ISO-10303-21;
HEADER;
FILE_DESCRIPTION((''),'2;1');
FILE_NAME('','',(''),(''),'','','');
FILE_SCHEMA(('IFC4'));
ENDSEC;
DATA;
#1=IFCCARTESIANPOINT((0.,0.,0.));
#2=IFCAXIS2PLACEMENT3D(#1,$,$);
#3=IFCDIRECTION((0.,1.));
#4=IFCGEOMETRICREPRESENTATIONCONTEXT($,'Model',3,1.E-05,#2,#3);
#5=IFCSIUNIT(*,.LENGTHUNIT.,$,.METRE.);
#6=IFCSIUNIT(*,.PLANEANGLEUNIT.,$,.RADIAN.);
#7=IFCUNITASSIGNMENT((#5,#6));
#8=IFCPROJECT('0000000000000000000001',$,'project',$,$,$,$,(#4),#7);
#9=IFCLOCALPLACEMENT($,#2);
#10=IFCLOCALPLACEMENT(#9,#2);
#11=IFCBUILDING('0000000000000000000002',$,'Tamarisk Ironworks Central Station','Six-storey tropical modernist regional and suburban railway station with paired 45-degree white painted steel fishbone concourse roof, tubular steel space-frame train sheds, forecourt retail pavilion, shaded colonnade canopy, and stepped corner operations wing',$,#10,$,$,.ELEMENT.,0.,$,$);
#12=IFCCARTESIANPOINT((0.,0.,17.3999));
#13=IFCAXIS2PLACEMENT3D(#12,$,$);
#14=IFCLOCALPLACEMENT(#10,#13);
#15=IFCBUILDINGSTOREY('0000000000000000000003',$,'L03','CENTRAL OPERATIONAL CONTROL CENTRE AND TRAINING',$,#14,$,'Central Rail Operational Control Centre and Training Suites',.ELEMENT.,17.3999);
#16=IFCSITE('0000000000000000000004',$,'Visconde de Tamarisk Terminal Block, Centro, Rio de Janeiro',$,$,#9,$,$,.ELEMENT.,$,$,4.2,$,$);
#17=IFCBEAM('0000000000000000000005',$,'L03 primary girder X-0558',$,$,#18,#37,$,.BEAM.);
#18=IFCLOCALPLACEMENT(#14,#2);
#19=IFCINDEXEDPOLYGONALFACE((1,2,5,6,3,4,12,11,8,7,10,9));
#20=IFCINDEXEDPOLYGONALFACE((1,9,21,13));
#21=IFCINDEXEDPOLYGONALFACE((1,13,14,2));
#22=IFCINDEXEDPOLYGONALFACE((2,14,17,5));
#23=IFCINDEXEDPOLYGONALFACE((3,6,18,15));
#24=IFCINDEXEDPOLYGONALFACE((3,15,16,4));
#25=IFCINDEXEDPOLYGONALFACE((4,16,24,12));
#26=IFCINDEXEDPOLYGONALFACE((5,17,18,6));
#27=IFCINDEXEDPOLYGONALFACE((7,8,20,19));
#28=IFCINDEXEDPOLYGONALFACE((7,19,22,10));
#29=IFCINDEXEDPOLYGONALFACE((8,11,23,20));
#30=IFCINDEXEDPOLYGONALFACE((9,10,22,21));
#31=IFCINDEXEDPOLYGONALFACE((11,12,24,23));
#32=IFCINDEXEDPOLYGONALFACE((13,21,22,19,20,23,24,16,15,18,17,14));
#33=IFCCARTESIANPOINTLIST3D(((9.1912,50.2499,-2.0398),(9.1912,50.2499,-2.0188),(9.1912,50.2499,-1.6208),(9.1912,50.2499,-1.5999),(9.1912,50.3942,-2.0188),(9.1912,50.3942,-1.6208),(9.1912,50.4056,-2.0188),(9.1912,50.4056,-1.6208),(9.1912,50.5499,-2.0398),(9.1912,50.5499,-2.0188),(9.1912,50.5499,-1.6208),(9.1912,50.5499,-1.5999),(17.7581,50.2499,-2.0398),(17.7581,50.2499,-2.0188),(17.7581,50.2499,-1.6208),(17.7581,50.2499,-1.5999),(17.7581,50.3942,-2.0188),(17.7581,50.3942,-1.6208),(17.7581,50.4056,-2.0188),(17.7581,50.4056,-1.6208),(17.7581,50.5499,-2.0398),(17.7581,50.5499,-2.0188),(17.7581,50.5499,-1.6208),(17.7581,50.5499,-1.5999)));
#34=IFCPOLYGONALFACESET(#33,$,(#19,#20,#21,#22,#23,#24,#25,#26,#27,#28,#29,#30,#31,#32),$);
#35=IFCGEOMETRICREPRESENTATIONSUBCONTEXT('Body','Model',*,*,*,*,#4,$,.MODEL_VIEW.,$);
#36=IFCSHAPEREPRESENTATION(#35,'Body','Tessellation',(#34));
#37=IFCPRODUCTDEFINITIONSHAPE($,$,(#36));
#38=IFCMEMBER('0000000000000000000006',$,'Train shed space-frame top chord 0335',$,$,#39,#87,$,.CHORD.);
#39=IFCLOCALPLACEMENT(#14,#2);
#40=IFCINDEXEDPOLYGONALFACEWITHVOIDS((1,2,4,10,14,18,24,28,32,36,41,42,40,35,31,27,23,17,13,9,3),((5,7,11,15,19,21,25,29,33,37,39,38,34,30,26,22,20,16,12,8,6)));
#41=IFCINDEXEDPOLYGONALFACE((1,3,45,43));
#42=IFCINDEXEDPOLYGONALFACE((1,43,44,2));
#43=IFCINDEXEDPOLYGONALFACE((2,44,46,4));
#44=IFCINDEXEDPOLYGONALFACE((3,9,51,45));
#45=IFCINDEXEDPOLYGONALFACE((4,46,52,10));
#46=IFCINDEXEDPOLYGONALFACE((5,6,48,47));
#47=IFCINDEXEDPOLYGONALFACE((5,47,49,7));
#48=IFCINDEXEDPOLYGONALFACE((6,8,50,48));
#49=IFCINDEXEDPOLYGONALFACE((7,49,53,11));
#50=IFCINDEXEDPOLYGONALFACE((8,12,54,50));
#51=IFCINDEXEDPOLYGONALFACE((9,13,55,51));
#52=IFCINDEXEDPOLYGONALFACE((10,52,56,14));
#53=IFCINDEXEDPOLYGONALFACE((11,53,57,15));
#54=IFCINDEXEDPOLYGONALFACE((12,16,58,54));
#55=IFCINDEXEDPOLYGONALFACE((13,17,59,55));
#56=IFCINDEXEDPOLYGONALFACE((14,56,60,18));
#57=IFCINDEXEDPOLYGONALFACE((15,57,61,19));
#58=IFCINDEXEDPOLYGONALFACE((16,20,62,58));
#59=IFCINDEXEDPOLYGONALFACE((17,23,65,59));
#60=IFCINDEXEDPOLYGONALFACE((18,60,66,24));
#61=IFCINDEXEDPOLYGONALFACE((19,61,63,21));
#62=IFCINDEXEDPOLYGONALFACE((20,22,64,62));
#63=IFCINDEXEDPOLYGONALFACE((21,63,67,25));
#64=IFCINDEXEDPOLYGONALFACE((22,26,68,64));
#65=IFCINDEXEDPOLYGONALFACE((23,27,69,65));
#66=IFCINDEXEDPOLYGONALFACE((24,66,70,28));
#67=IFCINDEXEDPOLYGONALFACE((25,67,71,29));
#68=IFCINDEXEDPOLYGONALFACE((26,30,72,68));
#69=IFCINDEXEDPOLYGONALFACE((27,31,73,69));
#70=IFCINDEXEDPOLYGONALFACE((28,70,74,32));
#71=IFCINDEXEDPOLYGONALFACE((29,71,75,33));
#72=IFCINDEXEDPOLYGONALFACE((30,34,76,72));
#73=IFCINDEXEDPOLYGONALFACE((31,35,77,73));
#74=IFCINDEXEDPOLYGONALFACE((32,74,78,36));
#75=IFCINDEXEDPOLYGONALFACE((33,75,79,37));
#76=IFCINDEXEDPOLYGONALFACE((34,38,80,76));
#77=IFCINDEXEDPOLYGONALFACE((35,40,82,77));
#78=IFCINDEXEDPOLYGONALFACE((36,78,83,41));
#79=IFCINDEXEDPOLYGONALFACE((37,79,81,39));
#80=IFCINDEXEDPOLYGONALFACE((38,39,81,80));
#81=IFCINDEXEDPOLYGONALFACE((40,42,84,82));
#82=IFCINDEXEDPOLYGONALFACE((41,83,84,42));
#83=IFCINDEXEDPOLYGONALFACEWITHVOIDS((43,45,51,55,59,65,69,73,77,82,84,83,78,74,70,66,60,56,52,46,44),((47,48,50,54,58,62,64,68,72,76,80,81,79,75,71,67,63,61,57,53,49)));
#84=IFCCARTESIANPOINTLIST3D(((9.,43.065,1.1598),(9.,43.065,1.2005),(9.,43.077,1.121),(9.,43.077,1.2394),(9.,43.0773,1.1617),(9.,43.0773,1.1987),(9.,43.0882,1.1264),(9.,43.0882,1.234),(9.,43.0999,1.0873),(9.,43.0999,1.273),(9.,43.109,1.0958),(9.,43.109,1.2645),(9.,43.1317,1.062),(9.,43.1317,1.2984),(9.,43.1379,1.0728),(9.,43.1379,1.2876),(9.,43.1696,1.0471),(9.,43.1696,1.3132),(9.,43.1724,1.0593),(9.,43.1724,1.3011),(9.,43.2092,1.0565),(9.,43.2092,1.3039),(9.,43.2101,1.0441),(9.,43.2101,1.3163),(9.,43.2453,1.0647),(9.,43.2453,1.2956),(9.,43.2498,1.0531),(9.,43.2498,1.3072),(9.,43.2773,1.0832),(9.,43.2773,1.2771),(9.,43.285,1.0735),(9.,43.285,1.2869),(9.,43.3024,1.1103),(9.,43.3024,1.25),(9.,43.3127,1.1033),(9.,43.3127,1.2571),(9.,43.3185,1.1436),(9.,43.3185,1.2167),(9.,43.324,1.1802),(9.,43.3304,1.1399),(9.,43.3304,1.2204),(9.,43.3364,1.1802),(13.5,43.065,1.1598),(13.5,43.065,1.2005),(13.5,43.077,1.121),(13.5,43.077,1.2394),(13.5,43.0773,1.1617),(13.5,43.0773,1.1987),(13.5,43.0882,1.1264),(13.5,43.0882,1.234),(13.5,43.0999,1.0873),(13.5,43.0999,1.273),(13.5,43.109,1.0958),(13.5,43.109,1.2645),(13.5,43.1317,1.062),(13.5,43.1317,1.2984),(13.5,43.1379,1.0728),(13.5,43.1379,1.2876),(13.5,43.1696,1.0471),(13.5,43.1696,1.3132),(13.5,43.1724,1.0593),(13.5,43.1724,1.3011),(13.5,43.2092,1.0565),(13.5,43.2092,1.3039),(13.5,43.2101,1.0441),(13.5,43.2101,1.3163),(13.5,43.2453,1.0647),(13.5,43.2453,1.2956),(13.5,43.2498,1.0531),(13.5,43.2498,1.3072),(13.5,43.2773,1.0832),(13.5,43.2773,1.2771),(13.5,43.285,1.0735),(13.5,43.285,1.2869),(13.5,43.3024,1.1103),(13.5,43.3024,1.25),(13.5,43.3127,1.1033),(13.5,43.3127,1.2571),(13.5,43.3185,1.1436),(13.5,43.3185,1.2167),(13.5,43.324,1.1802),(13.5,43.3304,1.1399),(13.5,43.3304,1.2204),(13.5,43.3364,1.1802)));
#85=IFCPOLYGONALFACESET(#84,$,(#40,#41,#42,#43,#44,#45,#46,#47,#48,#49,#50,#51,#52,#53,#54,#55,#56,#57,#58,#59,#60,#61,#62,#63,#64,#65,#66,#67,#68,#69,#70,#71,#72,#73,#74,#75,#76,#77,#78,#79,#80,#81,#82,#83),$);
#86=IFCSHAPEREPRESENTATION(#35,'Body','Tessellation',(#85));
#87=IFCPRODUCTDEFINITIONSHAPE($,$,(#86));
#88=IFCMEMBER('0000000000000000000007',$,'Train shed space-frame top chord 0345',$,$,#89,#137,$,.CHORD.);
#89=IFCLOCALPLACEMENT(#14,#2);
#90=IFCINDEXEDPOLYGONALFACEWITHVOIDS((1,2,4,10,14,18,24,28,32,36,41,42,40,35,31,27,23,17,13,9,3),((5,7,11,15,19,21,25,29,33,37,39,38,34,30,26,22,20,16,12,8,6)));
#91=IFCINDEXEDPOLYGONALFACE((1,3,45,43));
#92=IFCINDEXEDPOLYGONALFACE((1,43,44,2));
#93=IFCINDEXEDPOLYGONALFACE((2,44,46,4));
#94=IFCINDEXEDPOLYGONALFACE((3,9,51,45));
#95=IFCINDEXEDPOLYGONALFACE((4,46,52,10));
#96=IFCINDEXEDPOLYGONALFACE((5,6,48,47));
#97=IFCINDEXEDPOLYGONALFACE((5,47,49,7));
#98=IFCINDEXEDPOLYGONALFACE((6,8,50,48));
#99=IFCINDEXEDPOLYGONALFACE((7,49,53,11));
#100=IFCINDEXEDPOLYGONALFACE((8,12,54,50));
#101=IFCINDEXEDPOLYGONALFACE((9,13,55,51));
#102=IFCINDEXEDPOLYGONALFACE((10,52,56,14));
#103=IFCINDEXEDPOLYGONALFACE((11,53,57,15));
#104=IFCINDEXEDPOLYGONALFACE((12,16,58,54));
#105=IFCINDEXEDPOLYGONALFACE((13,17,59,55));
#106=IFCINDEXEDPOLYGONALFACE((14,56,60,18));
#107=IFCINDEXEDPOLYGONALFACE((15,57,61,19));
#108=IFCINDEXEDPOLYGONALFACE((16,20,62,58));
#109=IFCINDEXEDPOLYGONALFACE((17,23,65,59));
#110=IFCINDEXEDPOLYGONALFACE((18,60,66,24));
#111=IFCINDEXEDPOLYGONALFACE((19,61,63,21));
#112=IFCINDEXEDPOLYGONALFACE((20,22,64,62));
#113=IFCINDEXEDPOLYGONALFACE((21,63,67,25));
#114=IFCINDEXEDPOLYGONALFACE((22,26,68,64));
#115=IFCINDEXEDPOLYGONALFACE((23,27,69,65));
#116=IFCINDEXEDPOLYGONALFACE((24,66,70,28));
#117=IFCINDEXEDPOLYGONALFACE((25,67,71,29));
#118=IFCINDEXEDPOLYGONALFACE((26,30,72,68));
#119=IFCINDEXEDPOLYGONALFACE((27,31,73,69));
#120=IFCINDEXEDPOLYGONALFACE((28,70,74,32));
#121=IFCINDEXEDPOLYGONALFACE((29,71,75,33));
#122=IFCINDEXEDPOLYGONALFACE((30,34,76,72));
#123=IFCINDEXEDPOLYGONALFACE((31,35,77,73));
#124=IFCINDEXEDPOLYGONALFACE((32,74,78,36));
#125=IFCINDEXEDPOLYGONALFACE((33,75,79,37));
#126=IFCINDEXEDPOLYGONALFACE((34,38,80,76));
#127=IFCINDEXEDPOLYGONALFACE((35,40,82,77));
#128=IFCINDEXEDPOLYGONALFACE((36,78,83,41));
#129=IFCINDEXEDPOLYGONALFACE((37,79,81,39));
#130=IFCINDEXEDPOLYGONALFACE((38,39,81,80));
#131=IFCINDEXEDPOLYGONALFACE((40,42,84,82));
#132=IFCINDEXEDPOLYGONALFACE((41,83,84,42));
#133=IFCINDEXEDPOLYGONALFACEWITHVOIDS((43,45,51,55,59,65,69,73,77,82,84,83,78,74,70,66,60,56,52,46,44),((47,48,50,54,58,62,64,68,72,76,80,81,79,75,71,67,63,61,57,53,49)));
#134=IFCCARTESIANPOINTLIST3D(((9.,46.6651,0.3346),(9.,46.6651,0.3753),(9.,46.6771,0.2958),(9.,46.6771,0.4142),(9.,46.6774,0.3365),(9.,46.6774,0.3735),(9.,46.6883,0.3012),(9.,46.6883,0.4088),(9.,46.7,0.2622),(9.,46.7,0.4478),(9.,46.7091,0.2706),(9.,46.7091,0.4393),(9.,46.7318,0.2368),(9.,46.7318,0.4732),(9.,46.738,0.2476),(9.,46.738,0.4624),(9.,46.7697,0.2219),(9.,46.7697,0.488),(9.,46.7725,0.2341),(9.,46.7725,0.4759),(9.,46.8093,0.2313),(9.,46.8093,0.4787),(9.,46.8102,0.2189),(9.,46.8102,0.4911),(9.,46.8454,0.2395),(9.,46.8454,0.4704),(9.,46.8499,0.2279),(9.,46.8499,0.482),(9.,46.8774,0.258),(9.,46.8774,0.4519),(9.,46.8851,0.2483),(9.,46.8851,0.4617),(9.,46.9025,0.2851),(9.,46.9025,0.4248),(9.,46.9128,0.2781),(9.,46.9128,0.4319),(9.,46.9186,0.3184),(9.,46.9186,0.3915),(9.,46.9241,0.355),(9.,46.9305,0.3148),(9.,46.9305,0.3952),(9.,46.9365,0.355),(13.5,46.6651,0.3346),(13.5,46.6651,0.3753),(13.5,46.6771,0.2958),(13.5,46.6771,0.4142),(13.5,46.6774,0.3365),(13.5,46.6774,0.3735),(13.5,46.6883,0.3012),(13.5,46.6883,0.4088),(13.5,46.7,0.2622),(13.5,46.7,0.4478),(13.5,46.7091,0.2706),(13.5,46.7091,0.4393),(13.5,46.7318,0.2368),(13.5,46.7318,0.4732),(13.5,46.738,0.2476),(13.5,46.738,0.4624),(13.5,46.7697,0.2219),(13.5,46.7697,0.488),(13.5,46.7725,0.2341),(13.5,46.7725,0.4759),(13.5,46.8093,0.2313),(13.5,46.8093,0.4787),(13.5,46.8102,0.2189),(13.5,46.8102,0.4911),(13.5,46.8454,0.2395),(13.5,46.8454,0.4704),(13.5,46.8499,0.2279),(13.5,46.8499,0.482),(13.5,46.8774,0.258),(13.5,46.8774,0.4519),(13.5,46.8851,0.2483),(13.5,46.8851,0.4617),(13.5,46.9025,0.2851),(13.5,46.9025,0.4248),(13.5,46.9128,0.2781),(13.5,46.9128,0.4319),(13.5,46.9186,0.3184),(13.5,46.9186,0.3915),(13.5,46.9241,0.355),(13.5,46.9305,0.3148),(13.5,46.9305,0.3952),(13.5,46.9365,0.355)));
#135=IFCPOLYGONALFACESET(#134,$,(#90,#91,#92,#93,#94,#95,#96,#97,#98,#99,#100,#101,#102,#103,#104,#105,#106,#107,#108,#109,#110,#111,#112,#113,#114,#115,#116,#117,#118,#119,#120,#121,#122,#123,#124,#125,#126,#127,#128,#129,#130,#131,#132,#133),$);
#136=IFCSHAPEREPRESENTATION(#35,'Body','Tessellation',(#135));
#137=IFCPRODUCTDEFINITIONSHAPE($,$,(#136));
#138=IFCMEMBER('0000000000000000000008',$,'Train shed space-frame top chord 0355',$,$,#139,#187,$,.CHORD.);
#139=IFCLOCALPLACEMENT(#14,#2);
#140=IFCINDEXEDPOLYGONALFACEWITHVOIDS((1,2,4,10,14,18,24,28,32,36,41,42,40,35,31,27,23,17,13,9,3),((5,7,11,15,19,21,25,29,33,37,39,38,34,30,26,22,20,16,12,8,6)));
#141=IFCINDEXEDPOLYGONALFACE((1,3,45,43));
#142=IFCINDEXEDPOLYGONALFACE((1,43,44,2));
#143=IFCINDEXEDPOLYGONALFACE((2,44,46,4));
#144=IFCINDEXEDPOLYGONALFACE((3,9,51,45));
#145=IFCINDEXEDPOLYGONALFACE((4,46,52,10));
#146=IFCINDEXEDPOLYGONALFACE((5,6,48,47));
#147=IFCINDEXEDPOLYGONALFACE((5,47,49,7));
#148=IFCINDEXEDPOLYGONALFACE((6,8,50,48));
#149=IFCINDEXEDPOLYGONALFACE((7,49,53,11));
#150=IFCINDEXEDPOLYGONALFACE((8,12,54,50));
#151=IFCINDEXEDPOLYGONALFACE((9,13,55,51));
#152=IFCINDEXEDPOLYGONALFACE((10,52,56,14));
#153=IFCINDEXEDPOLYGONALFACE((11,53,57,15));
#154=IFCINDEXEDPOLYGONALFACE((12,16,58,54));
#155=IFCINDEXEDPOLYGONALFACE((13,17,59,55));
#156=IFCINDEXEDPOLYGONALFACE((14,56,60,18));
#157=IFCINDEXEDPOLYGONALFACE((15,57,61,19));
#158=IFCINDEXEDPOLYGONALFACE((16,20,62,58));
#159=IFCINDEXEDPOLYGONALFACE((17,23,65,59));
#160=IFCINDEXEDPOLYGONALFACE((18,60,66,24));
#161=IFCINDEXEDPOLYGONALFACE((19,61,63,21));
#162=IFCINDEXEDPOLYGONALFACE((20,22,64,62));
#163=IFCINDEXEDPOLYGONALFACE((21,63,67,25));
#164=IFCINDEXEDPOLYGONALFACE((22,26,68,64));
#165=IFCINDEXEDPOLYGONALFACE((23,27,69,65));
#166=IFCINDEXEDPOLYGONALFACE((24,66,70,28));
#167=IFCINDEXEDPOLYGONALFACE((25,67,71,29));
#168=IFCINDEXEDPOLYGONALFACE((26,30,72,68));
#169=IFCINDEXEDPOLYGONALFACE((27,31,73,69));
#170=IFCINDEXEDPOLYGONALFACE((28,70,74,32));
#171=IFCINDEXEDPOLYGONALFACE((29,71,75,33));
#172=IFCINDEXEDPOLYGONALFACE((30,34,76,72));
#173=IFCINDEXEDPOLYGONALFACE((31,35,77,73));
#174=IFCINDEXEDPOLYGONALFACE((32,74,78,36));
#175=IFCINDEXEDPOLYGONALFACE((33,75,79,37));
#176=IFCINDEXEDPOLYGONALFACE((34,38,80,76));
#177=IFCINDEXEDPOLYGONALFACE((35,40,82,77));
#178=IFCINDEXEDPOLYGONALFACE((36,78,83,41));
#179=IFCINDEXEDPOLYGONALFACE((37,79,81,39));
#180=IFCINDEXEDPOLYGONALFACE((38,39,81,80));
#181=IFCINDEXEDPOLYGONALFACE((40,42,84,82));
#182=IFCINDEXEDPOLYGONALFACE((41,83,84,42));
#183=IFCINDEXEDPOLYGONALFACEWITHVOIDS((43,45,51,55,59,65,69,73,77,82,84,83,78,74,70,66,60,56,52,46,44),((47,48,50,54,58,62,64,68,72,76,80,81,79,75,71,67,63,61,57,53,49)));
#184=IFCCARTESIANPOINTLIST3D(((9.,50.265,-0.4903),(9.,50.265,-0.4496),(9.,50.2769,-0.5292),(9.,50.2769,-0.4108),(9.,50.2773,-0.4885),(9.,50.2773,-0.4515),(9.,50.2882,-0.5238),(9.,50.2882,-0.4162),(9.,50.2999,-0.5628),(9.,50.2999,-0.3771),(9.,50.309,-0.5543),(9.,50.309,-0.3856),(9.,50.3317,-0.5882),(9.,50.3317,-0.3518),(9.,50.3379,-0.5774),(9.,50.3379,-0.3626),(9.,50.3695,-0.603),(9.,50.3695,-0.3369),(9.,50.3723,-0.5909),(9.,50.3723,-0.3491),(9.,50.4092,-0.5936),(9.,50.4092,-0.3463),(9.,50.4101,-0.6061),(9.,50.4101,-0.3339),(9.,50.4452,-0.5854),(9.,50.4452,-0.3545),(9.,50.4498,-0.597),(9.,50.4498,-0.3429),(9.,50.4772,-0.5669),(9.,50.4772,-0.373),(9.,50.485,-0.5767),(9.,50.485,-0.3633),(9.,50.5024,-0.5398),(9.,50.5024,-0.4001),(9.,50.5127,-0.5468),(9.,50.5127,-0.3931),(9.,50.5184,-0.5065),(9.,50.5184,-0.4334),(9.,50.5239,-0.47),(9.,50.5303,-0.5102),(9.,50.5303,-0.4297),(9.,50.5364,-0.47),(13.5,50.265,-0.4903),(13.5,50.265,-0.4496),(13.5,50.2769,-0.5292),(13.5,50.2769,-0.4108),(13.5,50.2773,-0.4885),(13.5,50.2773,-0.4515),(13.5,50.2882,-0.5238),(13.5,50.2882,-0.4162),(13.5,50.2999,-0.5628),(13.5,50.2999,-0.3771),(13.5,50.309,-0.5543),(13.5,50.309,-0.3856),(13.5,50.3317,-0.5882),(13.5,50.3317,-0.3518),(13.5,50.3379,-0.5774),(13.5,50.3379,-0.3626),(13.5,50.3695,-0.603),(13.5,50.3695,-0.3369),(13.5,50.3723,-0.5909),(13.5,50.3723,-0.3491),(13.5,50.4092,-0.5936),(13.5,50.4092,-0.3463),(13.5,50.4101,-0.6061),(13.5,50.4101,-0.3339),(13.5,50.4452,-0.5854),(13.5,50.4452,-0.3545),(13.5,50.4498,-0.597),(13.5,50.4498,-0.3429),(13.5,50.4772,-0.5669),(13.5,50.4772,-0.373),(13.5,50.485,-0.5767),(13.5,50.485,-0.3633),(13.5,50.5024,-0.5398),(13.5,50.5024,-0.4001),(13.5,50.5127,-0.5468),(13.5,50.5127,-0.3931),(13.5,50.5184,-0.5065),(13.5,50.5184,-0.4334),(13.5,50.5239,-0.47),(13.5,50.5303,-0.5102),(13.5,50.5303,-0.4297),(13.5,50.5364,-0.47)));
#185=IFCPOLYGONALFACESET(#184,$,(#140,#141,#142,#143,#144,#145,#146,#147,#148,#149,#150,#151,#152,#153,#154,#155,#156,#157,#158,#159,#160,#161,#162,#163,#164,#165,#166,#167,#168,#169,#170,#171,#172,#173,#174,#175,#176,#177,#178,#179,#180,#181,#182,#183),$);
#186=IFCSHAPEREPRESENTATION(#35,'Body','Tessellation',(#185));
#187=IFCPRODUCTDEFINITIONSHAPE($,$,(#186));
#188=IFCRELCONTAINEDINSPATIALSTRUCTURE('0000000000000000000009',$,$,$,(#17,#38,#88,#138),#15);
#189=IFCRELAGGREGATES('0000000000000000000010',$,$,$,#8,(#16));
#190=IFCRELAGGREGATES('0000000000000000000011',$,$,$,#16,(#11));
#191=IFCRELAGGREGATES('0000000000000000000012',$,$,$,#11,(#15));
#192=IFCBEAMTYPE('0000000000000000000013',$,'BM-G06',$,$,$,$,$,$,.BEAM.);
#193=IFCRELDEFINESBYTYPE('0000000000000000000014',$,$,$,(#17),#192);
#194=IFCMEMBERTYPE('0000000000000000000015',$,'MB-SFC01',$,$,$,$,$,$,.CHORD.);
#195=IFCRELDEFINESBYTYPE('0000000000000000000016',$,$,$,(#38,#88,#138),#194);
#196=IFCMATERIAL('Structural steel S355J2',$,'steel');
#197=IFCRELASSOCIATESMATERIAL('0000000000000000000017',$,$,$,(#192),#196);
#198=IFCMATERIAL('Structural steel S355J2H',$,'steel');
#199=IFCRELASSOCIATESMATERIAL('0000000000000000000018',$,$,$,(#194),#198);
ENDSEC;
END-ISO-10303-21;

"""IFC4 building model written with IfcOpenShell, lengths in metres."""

from ifc_helpers import new_model, si_unit, direction, frame, origin, origin_2d, place, context, subcontext, project, spatial, hollow_circle, i_section, extrude, material, material_profile, profile_set, type_object, element, save


model = new_model("IFC4")

# Units and contexts
model_context = context("Model", 3, precision=1e-05, world=origin(), true_north=direction((0.0, 1.0)))
body_context = subcontext(model_context, "Body", "Model", "MODEL_VIEW")
ifc_project = project(units=[si_unit("LENGTHUNIT", "METRE"), si_unit("PLANEANGLEUNIT", "RADIAN")], contexts=[model_context])

# Site, building, storey
site_placement = place(None, origin())
site = spatial("IfcSite", under=ifc_project, at=site_placement, Name="Visconde de Tamarisk Terminal Block, Centro, Rio de Janeiro", CompositionType="ELEMENT", RefElevation=4.2)
building_placement = place(site_placement, origin())
building = spatial("IfcBuilding", under=site, at=building_placement, Name="Tamarisk Ironworks Central Station", Description="Six-storey tropical modernist regional and suburban railway station with paired 45-degree white painted steel fishbone concourse roof, tubular steel space-frame train sheds, forecourt retail pavilion, shaded colonnade canopy, and stepped corner operations wing", CompositionType="ELEMENT", ElevationOfRefHeight=0.0)
storey_placement = place(building_placement, frame((0.0, 0.0, 17.3999)))
storey = spatial("IfcBuildingStorey", under=building, at=storey_placement, Name="L03", Description="CENTRAL OPERATIONAL CONTROL CENTRE AND TRAINING", LongName="Central Rail Operational Control Centre and Training Suites", CompositionType="ELEMENT", Elevation=17.3999)

# Beam
ifc_material_1 = material(Name="Structural steel S355J2", Category="steel")
ifc_material_profile_1 = material_profile(ifc_material_1, i_section(OverallWidth=0.3, OverallDepth=0.4399, WebThickness=0.0115, FlangeThickness=0.021, at=origin_2d()), Name="HEA 450")
ifc_profile_set_1 = profile_set([ifc_material_profile_1], Name="Structural steel S355J2")
beam_type = type_object("IfcBeamType", Name="BM-G06", PredefinedType="BEAM", material=ifc_profile_set_1)
beam_placement = place(storey_placement, frame((9.1912, 50.3999, -1.8198), z_axis=(1.0, 0.0, 0.0), x_axis=(0.0, 1.0, 0.0)))
element("IfcBeam", 1, at=beam_placement, inside=storey, type_object=beam_type, Name="L03 primary girder X-0558", PredefinedType="BEAM", context=body_context, shape_type="SweptSolid", body=[
    extrude(i_section(OverallWidth=0.3, OverallDepth=0.4399, WebThickness=0.0115, FlangeThickness=0.021, at=origin_2d()), origin(), (0.0, 0.0, 1.0), 8.5669),
])

# Members
ifc_material_2 = material(Name="Structural steel S355J2H", Category="steel")
ifc_material_profile_2 = material_profile(ifc_material_2, hollow_circle(Radius=0.1365, WallThickness=0.0125, at=origin_2d()), Name="CHS 273x12.5")
ifc_profile_set_2 = profile_set([ifc_material_profile_2], Name="Structural steel S355J2H")
member_type_1 = type_object("IfcMemberType", Name="MB-SFC01", PredefinedType="CHORD", material=ifc_profile_set_2)
for number, where, z_axis, x_axis, name in (
    (2, (9.0, 43.2, 1.1802), (1.0, 0.0, 0.0), (0.0, 1.0, 0.0), "Train shed space-frame top chord 0335"),
    (3, (9.0, 46.8, 0.355), (1.0, 0.0, 0.0), (0.0, 1.0, 0.0), "Train shed space-frame top chord 0345"),
    (4, (9.0, 50.3999, -0.47), (1.0, 0.0, 0.0), (0.0, 1.0, 0.0), "Train shed space-frame top chord 0355"),
):
    element("IfcMember", number, at=place(storey_placement, frame(where, z_axis=z_axis, x_axis=x_axis)), inside=storey, type_object=member_type_1, Name=name, PredefinedType="CHORD", context=body_context, shape_type="SweptSolid", body=[
        extrude(hollow_circle(Radius=0.1365, WallThickness=0.0125, at=origin_2d()), origin(), (0.0, 0.0, 1.0), 4.5),
    ])

save(model, "model.ifc")
